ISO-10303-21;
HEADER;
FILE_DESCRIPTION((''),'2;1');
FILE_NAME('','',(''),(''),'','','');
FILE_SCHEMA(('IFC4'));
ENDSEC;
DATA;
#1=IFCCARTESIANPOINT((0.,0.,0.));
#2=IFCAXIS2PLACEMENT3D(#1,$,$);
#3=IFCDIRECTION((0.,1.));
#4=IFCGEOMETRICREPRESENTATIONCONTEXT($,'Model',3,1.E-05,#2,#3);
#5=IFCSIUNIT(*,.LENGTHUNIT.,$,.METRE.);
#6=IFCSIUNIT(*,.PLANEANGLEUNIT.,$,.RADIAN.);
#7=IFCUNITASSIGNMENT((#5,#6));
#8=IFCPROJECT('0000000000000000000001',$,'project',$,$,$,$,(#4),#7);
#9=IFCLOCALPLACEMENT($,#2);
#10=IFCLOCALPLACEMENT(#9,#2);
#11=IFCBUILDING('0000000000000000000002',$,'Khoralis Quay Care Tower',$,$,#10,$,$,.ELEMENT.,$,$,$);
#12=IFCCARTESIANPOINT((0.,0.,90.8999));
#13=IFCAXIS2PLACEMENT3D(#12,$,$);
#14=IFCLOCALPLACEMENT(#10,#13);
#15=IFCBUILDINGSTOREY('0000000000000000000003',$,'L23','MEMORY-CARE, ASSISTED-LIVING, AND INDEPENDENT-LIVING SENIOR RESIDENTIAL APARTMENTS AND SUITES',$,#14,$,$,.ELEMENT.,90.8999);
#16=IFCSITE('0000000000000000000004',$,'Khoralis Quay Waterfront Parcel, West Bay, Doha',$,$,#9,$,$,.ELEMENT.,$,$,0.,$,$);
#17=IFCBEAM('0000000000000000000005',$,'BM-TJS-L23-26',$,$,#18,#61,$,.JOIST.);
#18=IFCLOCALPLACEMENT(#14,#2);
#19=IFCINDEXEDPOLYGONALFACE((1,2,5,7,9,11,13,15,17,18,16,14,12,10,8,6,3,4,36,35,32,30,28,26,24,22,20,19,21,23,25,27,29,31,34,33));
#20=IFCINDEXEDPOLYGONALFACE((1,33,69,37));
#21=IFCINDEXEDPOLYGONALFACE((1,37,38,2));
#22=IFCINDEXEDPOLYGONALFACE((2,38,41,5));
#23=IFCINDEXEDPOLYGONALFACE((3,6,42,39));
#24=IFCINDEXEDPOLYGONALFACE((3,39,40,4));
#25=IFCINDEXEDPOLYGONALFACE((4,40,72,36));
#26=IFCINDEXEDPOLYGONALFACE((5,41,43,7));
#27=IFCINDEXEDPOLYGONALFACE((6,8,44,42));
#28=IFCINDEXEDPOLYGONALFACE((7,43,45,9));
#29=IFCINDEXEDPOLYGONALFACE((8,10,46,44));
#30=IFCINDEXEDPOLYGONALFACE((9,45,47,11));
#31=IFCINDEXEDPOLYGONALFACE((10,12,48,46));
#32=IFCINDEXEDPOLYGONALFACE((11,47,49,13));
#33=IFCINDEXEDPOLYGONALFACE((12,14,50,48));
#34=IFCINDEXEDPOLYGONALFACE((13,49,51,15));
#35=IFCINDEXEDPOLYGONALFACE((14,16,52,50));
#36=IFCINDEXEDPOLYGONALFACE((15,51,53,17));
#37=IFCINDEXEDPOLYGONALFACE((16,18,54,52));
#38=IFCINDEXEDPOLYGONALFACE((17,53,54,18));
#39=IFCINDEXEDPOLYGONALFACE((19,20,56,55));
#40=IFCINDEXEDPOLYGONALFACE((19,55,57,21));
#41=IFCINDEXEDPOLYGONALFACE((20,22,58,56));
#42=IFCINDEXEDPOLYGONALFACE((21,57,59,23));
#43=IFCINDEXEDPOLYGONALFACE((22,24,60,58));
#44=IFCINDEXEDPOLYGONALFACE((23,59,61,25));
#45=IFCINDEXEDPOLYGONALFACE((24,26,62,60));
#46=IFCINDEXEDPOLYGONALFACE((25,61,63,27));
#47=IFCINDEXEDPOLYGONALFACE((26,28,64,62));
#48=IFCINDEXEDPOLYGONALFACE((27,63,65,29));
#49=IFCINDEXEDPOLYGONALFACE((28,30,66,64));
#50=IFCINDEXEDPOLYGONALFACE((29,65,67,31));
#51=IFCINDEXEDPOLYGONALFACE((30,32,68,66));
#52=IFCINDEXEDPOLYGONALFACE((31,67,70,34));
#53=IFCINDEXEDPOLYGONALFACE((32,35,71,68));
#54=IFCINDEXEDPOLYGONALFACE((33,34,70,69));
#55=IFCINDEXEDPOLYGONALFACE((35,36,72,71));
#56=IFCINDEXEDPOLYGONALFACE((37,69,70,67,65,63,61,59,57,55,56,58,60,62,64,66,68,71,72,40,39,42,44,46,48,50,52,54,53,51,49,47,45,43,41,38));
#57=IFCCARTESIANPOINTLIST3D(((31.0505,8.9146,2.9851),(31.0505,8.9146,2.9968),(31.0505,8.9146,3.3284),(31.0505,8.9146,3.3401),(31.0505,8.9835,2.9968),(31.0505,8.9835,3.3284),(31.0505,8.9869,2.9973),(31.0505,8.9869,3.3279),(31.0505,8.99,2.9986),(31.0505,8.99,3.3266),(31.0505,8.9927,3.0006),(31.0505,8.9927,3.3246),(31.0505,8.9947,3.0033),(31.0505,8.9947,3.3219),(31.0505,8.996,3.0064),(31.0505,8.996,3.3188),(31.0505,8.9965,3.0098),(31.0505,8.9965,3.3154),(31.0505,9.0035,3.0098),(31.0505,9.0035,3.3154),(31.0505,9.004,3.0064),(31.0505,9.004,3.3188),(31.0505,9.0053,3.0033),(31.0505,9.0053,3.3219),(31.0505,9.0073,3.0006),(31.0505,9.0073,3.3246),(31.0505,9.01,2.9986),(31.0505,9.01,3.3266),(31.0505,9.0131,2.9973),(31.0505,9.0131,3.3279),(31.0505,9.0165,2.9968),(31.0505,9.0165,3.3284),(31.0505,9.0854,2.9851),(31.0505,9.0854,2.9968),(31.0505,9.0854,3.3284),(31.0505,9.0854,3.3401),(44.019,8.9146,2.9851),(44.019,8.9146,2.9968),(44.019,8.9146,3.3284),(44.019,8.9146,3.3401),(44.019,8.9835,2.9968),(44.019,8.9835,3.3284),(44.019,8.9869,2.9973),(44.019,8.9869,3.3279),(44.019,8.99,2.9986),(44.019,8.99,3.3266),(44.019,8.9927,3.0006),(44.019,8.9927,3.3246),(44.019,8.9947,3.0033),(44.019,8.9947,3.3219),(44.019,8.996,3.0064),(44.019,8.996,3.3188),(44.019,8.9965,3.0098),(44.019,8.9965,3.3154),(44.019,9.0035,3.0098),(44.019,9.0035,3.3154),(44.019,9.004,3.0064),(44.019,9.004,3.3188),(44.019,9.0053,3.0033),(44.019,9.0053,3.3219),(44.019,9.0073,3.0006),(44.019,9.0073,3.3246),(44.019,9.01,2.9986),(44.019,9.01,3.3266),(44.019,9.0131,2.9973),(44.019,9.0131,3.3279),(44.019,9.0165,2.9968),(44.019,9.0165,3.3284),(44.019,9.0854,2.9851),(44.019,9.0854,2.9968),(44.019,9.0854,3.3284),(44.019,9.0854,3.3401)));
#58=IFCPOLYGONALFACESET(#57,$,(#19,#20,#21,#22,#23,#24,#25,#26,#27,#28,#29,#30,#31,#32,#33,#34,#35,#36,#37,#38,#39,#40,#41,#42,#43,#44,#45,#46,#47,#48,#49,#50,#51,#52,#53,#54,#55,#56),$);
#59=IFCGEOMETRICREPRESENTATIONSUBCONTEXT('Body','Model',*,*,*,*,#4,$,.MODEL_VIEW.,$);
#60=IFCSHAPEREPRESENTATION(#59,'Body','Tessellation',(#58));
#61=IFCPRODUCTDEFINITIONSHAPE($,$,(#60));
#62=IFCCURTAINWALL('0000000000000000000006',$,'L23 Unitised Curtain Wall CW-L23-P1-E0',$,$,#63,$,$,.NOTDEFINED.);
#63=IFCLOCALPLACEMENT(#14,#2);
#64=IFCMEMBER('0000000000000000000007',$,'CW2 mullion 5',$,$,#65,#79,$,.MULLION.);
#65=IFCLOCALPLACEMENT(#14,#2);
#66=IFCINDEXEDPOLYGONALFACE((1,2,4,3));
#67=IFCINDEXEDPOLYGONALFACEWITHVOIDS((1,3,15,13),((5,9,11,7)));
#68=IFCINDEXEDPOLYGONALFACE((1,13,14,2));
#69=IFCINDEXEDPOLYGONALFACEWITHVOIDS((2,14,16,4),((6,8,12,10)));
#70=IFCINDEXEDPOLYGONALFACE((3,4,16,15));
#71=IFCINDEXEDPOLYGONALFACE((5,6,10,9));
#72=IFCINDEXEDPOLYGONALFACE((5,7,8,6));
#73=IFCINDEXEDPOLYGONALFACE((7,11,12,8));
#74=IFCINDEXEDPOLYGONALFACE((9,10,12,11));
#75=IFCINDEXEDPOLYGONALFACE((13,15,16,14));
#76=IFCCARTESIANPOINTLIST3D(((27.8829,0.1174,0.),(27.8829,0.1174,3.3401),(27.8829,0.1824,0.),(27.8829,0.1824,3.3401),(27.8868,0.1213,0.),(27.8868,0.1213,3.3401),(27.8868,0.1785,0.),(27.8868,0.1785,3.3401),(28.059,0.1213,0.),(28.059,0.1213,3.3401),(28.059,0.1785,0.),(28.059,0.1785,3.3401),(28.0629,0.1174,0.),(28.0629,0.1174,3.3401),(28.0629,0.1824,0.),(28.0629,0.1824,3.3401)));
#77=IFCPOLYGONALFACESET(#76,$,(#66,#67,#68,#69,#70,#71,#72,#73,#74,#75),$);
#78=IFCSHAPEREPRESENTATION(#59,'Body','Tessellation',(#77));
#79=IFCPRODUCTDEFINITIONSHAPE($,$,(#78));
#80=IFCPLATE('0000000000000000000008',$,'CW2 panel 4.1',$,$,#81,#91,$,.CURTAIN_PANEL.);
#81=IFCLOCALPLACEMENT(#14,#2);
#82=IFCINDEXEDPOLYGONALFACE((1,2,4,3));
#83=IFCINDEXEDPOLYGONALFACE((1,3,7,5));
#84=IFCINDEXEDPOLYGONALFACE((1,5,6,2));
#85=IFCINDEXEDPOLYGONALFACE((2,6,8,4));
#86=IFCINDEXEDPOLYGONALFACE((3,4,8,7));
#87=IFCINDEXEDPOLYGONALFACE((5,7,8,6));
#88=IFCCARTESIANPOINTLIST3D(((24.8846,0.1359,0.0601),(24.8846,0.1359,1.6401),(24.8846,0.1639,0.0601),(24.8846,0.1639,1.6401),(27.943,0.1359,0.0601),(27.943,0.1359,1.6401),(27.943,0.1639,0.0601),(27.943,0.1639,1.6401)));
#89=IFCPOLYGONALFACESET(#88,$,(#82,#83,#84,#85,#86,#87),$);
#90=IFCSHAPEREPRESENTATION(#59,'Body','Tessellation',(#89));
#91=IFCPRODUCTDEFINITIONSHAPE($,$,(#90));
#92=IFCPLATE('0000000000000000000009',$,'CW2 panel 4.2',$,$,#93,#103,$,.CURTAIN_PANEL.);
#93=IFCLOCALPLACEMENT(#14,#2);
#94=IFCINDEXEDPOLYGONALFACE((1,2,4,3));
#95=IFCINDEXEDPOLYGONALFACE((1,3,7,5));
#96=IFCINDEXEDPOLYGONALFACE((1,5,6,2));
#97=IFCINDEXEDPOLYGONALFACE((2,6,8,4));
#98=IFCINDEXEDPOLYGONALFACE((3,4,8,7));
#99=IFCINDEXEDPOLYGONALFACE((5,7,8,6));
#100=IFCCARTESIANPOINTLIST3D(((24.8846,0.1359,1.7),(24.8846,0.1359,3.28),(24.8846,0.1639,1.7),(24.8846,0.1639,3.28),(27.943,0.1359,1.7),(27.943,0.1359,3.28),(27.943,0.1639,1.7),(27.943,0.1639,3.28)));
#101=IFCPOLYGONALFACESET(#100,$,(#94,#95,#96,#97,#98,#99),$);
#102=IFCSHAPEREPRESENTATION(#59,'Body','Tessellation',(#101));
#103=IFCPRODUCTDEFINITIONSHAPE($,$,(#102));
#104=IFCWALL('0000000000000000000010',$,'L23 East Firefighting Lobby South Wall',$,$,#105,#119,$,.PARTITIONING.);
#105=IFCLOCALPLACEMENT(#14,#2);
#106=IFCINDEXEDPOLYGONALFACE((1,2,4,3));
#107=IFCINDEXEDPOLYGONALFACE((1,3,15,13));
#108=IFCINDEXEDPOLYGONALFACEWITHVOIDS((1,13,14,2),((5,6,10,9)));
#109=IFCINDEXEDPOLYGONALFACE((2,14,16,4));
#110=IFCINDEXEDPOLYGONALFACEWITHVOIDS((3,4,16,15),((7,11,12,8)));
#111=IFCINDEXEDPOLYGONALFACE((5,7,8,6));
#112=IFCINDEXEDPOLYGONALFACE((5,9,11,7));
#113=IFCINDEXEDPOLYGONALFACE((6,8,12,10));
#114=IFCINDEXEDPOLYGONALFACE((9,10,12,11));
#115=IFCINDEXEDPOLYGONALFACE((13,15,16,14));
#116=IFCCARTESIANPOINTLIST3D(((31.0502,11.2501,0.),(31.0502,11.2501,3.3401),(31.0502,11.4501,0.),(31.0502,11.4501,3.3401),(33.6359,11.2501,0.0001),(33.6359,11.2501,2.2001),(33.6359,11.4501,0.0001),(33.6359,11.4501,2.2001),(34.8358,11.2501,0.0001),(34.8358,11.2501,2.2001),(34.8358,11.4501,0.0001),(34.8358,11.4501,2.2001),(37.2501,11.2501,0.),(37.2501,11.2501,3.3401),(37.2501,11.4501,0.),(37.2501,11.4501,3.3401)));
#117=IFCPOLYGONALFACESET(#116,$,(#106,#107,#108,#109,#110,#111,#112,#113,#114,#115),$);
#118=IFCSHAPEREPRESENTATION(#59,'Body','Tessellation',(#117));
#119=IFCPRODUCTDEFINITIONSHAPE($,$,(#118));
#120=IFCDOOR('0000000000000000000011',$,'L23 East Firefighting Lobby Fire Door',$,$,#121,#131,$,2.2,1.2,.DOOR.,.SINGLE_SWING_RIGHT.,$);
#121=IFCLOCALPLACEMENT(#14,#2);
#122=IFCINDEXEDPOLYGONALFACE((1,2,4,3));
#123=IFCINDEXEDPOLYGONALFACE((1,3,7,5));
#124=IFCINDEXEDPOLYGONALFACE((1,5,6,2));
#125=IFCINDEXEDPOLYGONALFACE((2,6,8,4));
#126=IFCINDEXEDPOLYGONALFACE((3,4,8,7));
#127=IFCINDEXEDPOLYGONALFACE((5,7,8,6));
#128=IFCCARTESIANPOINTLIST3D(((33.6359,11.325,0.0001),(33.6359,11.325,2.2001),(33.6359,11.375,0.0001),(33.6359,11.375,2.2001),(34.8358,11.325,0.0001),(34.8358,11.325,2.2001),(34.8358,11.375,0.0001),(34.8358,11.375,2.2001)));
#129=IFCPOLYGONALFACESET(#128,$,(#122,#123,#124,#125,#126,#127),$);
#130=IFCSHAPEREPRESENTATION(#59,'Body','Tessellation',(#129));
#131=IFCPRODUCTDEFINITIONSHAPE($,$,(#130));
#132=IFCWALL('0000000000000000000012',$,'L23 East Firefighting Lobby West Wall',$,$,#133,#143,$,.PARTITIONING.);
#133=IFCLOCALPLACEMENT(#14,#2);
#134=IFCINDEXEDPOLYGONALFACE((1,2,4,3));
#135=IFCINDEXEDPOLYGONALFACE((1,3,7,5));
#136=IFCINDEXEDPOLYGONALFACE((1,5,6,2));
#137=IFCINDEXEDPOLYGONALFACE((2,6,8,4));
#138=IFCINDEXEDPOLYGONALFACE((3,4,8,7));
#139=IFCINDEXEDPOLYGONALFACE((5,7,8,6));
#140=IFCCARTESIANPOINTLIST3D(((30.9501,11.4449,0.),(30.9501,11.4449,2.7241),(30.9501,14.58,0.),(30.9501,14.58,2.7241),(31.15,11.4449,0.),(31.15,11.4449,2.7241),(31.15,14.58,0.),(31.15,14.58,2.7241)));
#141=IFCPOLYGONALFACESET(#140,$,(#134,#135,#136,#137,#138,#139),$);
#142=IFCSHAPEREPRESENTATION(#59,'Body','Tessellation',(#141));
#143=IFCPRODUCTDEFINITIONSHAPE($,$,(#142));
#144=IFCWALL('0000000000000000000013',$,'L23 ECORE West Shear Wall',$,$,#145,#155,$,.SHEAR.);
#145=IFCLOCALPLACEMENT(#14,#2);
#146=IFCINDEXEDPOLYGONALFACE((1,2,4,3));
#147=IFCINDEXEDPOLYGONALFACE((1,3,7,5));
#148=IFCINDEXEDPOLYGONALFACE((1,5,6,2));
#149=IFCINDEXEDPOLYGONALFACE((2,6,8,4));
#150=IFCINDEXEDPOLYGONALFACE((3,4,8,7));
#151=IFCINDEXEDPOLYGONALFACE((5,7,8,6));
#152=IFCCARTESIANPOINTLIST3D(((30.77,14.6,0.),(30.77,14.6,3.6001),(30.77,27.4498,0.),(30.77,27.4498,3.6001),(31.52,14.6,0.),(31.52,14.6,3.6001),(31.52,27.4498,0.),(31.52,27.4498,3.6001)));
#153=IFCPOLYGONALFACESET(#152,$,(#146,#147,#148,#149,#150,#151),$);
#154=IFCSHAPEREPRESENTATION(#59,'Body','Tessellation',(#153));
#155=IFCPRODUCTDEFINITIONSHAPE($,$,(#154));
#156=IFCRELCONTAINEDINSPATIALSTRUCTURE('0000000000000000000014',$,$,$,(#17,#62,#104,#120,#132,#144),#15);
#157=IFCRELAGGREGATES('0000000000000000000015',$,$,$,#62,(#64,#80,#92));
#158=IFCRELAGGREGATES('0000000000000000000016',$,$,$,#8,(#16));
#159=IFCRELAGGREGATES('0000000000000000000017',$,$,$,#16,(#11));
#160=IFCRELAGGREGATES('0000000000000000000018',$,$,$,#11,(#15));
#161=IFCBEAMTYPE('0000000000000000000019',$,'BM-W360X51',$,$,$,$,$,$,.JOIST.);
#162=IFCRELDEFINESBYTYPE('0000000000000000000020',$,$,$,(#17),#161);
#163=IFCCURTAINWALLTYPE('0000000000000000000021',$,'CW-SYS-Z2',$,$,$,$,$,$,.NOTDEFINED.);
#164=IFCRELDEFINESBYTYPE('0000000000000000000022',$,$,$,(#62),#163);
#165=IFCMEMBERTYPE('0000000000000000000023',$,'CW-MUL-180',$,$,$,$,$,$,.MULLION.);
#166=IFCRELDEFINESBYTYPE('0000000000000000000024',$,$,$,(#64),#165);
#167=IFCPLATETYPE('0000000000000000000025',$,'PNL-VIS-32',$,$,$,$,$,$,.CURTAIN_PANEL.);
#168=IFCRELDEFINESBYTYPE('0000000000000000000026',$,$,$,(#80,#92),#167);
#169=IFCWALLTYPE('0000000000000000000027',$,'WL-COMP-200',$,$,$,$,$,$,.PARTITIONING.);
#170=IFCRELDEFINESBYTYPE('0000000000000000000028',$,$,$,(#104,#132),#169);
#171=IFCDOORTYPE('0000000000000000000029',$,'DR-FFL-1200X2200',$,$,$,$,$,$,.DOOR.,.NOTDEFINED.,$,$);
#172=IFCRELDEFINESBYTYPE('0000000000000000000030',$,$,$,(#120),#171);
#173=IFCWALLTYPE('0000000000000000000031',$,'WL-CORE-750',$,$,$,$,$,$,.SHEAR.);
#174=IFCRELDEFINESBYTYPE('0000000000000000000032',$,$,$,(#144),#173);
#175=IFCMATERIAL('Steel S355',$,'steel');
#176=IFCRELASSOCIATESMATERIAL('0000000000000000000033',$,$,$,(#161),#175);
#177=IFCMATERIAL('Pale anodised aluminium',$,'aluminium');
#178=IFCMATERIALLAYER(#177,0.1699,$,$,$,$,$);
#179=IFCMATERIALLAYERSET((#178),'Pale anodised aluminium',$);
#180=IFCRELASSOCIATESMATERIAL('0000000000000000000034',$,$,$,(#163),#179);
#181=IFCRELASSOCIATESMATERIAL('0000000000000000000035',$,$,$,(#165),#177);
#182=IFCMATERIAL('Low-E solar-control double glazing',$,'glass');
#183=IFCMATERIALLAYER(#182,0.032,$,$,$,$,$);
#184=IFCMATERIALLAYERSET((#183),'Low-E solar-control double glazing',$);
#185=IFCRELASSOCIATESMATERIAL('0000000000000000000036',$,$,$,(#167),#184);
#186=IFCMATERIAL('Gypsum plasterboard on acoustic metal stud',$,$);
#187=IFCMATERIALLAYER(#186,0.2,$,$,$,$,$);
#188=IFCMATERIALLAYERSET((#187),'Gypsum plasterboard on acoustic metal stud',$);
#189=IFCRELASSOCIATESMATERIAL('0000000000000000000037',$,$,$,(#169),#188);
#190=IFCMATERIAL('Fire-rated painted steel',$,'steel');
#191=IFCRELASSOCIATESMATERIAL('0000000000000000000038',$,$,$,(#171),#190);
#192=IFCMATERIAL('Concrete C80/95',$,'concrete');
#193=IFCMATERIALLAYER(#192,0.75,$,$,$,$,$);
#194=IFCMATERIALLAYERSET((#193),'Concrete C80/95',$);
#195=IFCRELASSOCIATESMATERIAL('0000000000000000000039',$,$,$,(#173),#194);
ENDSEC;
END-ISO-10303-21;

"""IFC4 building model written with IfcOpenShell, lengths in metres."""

from ifc_helpers import new_model, si_unit, direction, frame, frame_2d, origin, origin_2d, place, context, subcontext, project, spatial, rectangle, hollow_rectangle, i_section, extrude, source, transform, mapped, material, layer, layer_set, material_profile, profile_set, type_object, element, fill, aggregate, save


model = new_model("IFC4")

# Units and contexts
model_context = context("Model", 3, precision=1e-05, world=origin(), true_north=direction((0.0, 1.0)))
body_context = subcontext(model_context, "Body", "Model", "MODEL_VIEW")
ifc_project = project(units=[si_unit("LENGTHUNIT", "METRE"), si_unit("PLANEANGLEUNIT", "RADIAN")], contexts=[model_context])

# Site, building, storey
site_placement = place(None, origin())
site = spatial("IfcSite", under=ifc_project, at=site_placement, Name="Khoralis Quay Waterfront Parcel, West Bay, Doha", CompositionType="ELEMENT", RefElevation=0.0)
building_placement = place(site_placement, origin())
building = spatial("IfcBuilding", under=site, at=building_placement, Name="Khoralis Quay Care Tower", CompositionType="ELEMENT")
storey_placement = place(building_placement, frame((0.0, 0.0, 90.8999)))
storey = spatial("IfcBuildingStorey", under=building, at=storey_placement, Name="L23", Description="MEMORY-CARE, ASSISTED-LIVING, AND INDEPENDENT-LIVING SENIOR RESIDENTIAL APARTMENTS AND SUITES", CompositionType="ELEMENT", Elevation=90.8999)

# Beam
ifc_material_1 = material(Name="Steel S355", Category="steel")
ifc_material_profile_1 = material_profile(ifc_material_1, i_section(OverallWidth=0.1709, OverallDepth=0.355, WebThickness=0.0071, FlangeThickness=0.0117, FilletRadius=0.0129, at=origin_2d()), Name="Steel S355")
ifc_profile_set_1 = profile_set([ifc_material_profile_1], Name="Steel S355")
beam_type_1 = type_object("IfcBeamType", Name="BM-W360X51", PredefinedType="JOIST", material=ifc_profile_set_1)
shared_shape_1 = source(origin(), body_context, "Body", "SweptSolid", [
    extrude(i_section(OverallWidth=0.1709, OverallDepth=0.355, WebThickness=0.0071, FlangeThickness=0.0117, FilletRadius=0.0129, at=origin_2d()), origin(), (0.0, 0.0, 1.0), 12.9685),
])
beam_1_placement = place(storey_placement, frame((31.0505, 9.0, 3.1626), z_axis=(1.0, 0.0, 0.0), x_axis=(0.0, 1.0, 0.0)))
element("IfcBeam", 1, at=beam_1_placement, inside=storey, type_object=beam_type_1, Name="BM-TJS-L23-26", PredefinedType="JOIST", context=body_context, shape_type="MappedRepresentation", body=[
    mapped(shared_shape_1, transform((0.0, 0.0, 0.0), scale=1.0)),
])

# Curtain wall, member, plates
ifc_material_2 = material(Name="Pale anodised aluminium", Category="aluminium")
ifc_layer_1 = layer(ifc_material_2, 0.1699)
ifc_layer_set_1 = layer_set([ifc_layer_1], Name="Pale anodised aluminium")
curtain_wall_type = type_object("IfcCurtainWallType", Name="CW-SYS-Z2", PredefinedType="NOTDEFINED", material=ifc_layer_set_1)
curtain_wall_placement = place(storey_placement, origin())
curtain_wall = element("IfcCurtainWall", 2, at=curtain_wall_placement, inside=storey, type_object=curtain_wall_type, Name="L23 Unitised Curtain Wall CW-L23-P1-E0", PredefinedType="NOTDEFINED")
ifc_material_profile_2 = material_profile(ifc_material_2, hollow_rectangle(XDim=0.0649, YDim=0.1799, WallThickness=0.0039, at=origin_2d()), Name="Pale anodised aluminium")
ifc_profile_set_2 = profile_set([ifc_material_profile_2], Name="Pale anodised aluminium")
member_type = type_object("IfcMemberType", Name="CW-MUL-180", PredefinedType="MULLION", material=ifc_profile_set_2)
shared_shape_2 = source(origin(), body_context, "Body", "SweptSolid", [
    extrude(hollow_rectangle(XDim=0.0649, YDim=0.1799, WallThickness=0.0039, at=origin_2d()), origin(), (0.0, 0.0, 1.0), 3.3401),
])
member_placement = place(storey_placement, frame((27.9729, 0.1499, 0.0), z_axis=(0.0, 0.0, 1.0), x_axis=(0.0, 1.0, 0.0)))
member = element("IfcMember", 3, at=member_placement, type_object=member_type, Name="CW2 mullion 5", PredefinedType="MULLION", context=body_context, shape_type="MappedRepresentation", body=[
    mapped(shared_shape_2, transform((0.0, 0.0, 0.0), scale=1.0)),
])
ifc_material_3 = material(Name="Low-E solar-control double glazing", Category="glass")
ifc_layer_2 = layer(ifc_material_3, 0.032)
ifc_layer_set_2 = layer_set([ifc_layer_2], Name="Low-E solar-control double glazing")
plate_type = type_object("IfcPlateType", Name="PNL-VIS-32", PredefinedType="CURTAIN_PANEL", material=ifc_layer_set_2)
shared_shape_3 = source(origin(), body_context, "Body", "SweptSolid", [
    extrude(rectangle(XDim=3.0583, YDim=0.0281, at=origin_2d()), origin(), (0.0, 0.0, 1.0), 1.5801),
])
plate_1_placement = place(storey_placement, frame((26.4138, 0.1499, 0.0601), z_axis=(0.0, 0.0, 1.0), x_axis=(1.0, 0.0, 0.0)))
plate_1 = element("IfcPlate", 4, at=plate_1_placement, type_object=plate_type, Name="CW2 panel 4.1", PredefinedType="CURTAIN_PANEL", context=body_context, shape_type="MappedRepresentation", body=[
    mapped(shared_shape_3, transform((0.0, 0.0, 0.0), scale=1.0)),
])
plate_2_placement = place(storey_placement, frame((26.4138, 0.1499, 1.7), z_axis=(0.0, 0.0, 1.0), x_axis=(1.0, 0.0, 0.0)))
plate_2 = element("IfcPlate", 5, at=plate_2_placement, type_object=plate_type, Name="CW2 panel 4.2", PredefinedType="CURTAIN_PANEL", context=body_context, shape_type="MappedRepresentation", body=[
    mapped(shared_shape_3, transform((0.0, 0.0, 0.0), scale=1.0)),
])
aggregate(curtain_wall, [member, plate_1, plate_2])

# Wall, opening, door
ifc_material_4 = material(Name="Gypsum plasterboard on acoustic metal stud")
ifc_layer_3 = layer(ifc_material_4, 0.2)
ifc_layer_set_3 = layer_set([ifc_layer_3], Name="Gypsum plasterboard on acoustic metal stud")
wall_type_1 = type_object("IfcWallType", Name="WL-COMP-200", PredefinedType="PARTITIONING", material=ifc_layer_set_3)
wall_1_placement = place(storey_placement, frame((31.05, 11.3501, 0.0), z_axis=(0.0, 0.0, 1.0), x_axis=(1.0, 0.0, 0.0)))
wall_1 = element("IfcWall", 6, at=wall_1_placement, inside=storey, type_object=wall_type_1, Name="L23 East Firefighting Lobby South Wall", PredefinedType="PARTITIONING", context=body_context, shape_type="SweptSolid", body=[
    extrude(rectangle(XDim=6.2, YDim=0.2, at=frame_2d((3.1001, 0.0))), origin(), (0.0, 0.0, 1.0), 3.3401),
])
opening_1_placement = place(wall_1_placement, frame((2.5857, 0.0, 0.0)))
opening_1 = element("IfcOpeningElement", 7, at=opening_1_placement, cuts=wall_1, PredefinedType="OPENING", context=body_context, shape_type="SweptSolid", body=[
    extrude(rectangle(XDim=1.2, YDim=2.2, at=frame_2d((0.6001, 1.1001))), frame((0.0, 0.1099, 0.0), z_axis=(0.0, -1.0, 0.0), x_axis=(1.0, 0.0, 0.0)), (0.0, 0.0, 1.0), 0.22),
])
ifc_material_5 = material(Name="Fire-rated painted steel", Category="steel")
door_type_1 = type_object("IfcDoorType", Name="DR-FFL-1200X2200", OperationType="NOTDEFINED", PredefinedType="DOOR", material=ifc_material_5)
shared_shape_4 = source(origin(), body_context, "Body", "SweptSolid", [
    extrude(rectangle(XDim=1.2, YDim=2.2, at=frame_2d((0.6001, 1.1001))), frame((0.0, 0.0249, 0.0), z_axis=(0.0, -1.0, 0.0), x_axis=(1.0, 0.0, 0.0)), (0.0, 0.0, 1.0), 0.05),
])
door_1_placement = place(opening_1_placement, origin())
door_1 = element("IfcDoor", 8, at=door_1_placement, inside=storey, type_object=door_type_1, Name="L23 East Firefighting Lobby Fire Door", OperationType="SINGLE_SWING_RIGHT", OverallHeight=2.2, OverallWidth=1.2, PredefinedType="DOOR", context=body_context, shape_type="MappedRepresentation", body=[
    mapped(shared_shape_4, transform((0.0, 0.0, 0.0), scale=1.0)),
])
fill(opening_1, door_1)

# Walls
wall_2_placement = place(storey_placement, frame((31.05, 11.4451, 0.0), z_axis=(0.0, 0.0, 1.0), x_axis=(0.0, 1.0, 0.0)))
element("IfcWall", 9, at=wall_2_placement, inside=storey, type_object=wall_type_1, Name="L23 East Firefighting Lobby West Wall", PredefinedType="PARTITIONING", context=body_context, shape_type="SweptSolid", body=[
    extrude(rectangle(XDim=3.135, YDim=0.2, at=frame_2d((1.5674, 0.0))), origin(), (0.0, 0.0, 1.0), 2.7241),
])
ifc_material_6 = material(Name="Concrete C80/95", Category="concrete")
ifc_layer_4 = layer(ifc_material_6, 0.75)
ifc_layer_set_4 = layer_set([ifc_layer_4], Name="Concrete C80/95")
wall_type_2 = type_object("IfcWallType", Name="WL-CORE-750", PredefinedType="SHEAR", material=ifc_layer_set_4)
wall_3_placement = place(storey_placement, frame((31.145, 14.6001, 0.0), z_axis=(0.0, 0.0, 1.0), x_axis=(0.0, 1.0, 0.0)))
element("IfcWall", 10, at=wall_3_placement, inside=storey, type_object=wall_type_2, Name="L23 ECORE West Shear Wall", PredefinedType="SHEAR", context=body_context, shape_type="SweptSolid", body=[
    extrude(rectangle(XDim=12.8499, YDim=0.75, at=frame_2d((6.4248, 0.0))), origin(), (0.0, 0.0, 1.0), 3.6001),
])

save(model, "model.ifc")
